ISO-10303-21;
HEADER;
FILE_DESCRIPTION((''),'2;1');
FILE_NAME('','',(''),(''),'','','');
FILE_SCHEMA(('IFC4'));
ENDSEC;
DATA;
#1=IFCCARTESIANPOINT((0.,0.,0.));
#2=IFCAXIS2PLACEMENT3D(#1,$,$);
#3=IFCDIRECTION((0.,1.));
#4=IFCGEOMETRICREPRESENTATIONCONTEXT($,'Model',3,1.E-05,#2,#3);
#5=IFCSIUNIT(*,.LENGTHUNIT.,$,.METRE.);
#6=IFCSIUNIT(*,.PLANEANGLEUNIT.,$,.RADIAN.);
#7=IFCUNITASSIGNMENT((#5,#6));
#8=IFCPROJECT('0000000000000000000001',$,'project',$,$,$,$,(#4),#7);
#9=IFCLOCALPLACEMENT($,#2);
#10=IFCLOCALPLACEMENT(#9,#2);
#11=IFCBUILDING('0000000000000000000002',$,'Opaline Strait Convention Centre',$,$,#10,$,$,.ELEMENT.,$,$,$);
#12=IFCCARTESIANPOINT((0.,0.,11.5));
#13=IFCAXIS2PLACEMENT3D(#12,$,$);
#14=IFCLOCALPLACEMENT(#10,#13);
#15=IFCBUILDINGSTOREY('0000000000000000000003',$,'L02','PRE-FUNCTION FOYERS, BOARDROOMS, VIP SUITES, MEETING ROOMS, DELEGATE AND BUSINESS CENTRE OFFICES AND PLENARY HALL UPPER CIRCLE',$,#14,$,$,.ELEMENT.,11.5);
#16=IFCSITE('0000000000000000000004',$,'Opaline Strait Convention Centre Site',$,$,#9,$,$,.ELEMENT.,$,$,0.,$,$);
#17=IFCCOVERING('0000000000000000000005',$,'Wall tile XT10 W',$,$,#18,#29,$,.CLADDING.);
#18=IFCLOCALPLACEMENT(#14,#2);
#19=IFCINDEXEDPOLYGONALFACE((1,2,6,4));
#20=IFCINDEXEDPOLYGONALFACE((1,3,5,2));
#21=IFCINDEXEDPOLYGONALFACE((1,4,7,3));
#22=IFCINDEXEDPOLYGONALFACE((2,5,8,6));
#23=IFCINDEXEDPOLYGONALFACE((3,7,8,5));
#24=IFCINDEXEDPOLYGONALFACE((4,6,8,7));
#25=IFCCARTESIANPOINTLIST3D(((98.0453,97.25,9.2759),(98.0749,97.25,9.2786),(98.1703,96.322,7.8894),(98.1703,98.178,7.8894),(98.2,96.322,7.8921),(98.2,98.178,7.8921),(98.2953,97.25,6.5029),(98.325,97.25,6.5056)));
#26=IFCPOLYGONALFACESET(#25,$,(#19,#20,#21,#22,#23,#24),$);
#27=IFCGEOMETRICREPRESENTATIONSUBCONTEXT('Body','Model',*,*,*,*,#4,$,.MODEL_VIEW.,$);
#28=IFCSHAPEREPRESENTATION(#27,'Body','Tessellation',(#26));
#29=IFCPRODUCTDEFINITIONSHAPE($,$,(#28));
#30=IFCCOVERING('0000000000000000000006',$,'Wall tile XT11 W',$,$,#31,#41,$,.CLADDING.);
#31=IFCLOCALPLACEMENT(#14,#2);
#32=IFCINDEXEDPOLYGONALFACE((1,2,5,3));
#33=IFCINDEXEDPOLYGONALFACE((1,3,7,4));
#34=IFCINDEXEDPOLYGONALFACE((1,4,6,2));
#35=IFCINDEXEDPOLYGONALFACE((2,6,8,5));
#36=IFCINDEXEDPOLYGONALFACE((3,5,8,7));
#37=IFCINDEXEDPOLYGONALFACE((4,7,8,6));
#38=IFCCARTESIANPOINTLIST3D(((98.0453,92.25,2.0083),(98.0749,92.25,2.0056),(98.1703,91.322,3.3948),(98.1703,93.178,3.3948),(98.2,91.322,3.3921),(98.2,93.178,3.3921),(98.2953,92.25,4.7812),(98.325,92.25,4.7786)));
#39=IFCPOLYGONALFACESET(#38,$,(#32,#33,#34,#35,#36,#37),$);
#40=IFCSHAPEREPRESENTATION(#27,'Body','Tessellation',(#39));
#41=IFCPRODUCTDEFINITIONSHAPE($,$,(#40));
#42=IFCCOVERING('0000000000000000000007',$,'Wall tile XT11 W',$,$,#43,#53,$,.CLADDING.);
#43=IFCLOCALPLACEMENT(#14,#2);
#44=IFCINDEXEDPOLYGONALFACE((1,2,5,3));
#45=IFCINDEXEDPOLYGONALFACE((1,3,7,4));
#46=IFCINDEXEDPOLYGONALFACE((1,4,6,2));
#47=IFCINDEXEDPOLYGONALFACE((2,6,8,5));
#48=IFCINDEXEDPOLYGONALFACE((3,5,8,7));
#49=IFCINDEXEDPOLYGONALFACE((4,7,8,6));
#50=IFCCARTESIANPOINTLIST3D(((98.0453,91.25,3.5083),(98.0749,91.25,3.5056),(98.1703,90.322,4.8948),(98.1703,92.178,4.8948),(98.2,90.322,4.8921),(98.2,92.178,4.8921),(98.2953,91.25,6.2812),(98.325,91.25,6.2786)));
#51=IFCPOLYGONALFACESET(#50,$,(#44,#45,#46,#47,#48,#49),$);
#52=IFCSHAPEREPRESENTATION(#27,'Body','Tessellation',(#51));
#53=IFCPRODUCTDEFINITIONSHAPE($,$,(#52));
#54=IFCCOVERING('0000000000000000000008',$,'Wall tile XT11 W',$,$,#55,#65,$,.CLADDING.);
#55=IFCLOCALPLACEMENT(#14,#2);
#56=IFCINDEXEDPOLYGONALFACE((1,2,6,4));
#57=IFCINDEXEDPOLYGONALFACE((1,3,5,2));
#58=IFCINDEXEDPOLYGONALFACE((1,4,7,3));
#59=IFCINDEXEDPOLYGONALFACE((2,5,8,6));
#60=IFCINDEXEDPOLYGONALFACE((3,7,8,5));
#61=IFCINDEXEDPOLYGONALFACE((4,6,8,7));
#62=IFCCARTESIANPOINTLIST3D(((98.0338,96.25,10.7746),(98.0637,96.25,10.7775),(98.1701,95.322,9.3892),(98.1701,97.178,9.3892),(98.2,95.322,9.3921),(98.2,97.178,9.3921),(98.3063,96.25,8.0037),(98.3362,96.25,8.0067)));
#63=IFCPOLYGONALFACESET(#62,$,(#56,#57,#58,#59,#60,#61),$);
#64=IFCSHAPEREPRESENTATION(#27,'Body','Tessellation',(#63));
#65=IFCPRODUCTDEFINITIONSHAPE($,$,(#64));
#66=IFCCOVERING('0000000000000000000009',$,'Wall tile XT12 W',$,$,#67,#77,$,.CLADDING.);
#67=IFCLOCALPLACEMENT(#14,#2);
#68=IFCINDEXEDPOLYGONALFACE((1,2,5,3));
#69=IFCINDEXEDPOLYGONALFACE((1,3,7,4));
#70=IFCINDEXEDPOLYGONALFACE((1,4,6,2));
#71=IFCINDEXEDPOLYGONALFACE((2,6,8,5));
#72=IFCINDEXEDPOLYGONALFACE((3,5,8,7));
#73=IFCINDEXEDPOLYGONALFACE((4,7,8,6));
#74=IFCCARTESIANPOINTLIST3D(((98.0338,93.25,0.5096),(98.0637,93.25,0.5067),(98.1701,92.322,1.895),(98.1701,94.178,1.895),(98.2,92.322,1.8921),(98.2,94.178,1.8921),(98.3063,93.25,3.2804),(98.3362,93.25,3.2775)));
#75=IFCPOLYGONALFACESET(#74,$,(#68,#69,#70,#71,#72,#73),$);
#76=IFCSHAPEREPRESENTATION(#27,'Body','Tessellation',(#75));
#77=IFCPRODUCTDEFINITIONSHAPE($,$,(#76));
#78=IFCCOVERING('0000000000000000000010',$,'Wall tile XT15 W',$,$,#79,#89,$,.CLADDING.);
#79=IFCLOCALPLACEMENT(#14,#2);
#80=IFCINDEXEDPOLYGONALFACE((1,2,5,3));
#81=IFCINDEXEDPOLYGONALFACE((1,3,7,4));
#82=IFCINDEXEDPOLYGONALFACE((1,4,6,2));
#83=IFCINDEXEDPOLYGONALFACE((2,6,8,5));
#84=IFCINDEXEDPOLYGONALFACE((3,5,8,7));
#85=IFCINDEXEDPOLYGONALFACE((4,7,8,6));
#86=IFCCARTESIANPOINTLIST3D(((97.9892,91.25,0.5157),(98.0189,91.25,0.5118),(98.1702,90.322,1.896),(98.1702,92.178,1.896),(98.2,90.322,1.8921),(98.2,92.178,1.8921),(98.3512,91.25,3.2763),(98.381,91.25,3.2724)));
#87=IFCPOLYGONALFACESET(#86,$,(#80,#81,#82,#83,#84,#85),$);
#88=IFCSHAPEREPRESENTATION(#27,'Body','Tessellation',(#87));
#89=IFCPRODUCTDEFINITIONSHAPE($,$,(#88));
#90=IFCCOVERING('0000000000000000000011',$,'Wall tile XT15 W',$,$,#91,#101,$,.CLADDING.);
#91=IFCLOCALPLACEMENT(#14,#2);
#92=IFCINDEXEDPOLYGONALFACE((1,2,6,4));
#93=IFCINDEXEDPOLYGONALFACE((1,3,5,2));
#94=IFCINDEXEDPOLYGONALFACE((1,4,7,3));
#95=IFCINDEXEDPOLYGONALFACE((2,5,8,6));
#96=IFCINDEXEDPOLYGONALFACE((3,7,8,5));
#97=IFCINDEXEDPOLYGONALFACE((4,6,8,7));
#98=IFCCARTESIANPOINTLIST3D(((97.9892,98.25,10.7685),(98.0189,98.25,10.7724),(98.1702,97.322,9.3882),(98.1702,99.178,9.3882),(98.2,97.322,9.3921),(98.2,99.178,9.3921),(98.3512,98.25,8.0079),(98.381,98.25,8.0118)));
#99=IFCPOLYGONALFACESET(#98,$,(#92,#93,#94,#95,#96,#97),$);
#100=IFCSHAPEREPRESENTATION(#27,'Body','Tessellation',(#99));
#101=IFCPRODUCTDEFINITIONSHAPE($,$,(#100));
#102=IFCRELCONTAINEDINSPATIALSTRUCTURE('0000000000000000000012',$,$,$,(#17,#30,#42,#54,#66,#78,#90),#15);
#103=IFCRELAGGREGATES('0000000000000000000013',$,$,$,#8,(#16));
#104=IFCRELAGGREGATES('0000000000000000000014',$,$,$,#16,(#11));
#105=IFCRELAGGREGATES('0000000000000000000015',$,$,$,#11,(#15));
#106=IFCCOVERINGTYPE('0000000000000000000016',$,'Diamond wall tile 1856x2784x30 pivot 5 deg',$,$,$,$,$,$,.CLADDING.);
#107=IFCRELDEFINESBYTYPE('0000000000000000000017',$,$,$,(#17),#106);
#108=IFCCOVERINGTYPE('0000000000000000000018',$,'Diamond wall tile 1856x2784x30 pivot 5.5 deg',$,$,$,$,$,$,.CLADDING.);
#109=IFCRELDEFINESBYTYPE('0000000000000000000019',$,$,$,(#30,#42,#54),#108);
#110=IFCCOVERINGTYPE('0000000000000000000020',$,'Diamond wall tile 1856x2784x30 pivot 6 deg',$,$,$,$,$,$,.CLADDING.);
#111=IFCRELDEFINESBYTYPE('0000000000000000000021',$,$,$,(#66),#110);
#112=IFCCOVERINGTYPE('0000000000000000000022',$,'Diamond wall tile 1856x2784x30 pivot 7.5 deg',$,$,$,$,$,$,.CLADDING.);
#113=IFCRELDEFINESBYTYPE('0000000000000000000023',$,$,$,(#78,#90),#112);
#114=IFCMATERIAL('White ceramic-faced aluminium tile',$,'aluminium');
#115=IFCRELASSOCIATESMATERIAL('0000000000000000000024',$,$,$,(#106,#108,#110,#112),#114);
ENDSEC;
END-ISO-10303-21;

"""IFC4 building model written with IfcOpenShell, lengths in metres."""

from ifc_helpers import new_model, si_unit, direction, frame, origin, place, context, subcontext, project, spatial, polyline, outline, extrude, material, material_profile, profile_set, type_object, element, save


model = new_model("IFC4")

# Units and contexts
model_context = context("Model", 3, precision=1e-05, world=origin(), true_north=direction((0.0, 1.0)))
body_context = subcontext(model_context, "Body", "Model", "MODEL_VIEW")
ifc_project = project(units=[si_unit("LENGTHUNIT", "METRE"), si_unit("PLANEANGLEUNIT", "RADIAN")], contexts=[model_context])

# Site, building, storey
site_placement = place(None, origin())
site = spatial("IfcSite", under=ifc_project, at=site_placement, Name="Opaline Strait Convention Centre Site", CompositionType="ELEMENT", RefElevation=0.0)
building_placement = place(site_placement, origin())
building = spatial("IfcBuilding", under=site, at=building_placement, Name="Opaline Strait Convention Centre", CompositionType="ELEMENT")
storey_placement = place(building_placement, frame((0.0, 0.0, 11.5)))
storey = spatial("IfcBuildingStorey", under=building, at=storey_placement, Name="L02", Description="PRE-FUNCTION FOYERS, BOARDROOMS, VIP SUITES, MEETING ROOMS, DELEGATE AND BUSINESS CENTRE OFFICES AND PLENARY HALL UPPER CIRCLE", CompositionType="ELEMENT", Elevation=11.5)

# Coverings
ifc_material = material(Name="White ceramic-faced aluminium tile", Category="aluminium")
ifc_material_profile_1 = material_profile(ifc_material, outline(polyline([(0.928, 0.0), (0.0, 1.3921), (-0.928, 0.0), (0.0, -1.3921), (0.928, 0.0)])), Name="Diamond tile 1856x2784")
ifc_profile_set_1 = profile_set([ifc_material_profile_1], Name="White ceramic-faced aluminium tile")
covering_type_1 = type_object("IfcCoveringType", Name="Diamond wall tile 1856x2784x30 pivot 5 deg", PredefinedType="CLADDING", material=ifc_profile_set_1)
for number, where, z_axis, x_axis, name in (
    (1, (98.2, 97.25, 7.8921), (-0.99596, 0.0, -0.0898), (0.0, -1.0, 0.0), "Wall tile XT10 W"),
):
    element("IfcCovering", number, at=place(storey_placement, frame(where, z_axis=z_axis, x_axis=x_axis)), inside=storey, type_object=covering_type_1, Name=name, PredefinedType="CLADDING", context=body_context, shape_type="SweptSolid", body=[
        extrude(outline(polyline([(0.928, 0.0), (0.0, 1.3921), (-0.928, 0.0), (0.0, -1.3921), (0.928, 0.0)])), origin(), (0.0, 0.0, 1.0), 0.0298),
    ])
ifc_material_profile_2 = material_profile(ifc_material, outline(polyline([(0.928, 0.0), (0.0, 1.3921), (-0.928, 0.0), (0.0, -1.3921), (0.928, 0.0)])), Name="Diamond tile 1856x2784")
ifc_profile_set_2 = profile_set([ifc_material_profile_2], Name="White ceramic-faced aluminium tile")
covering_type_2 = type_object("IfcCoveringType", Name="Diamond wall tile 1856x2784x30 pivot 5.5 deg", PredefinedType="CLADDING", material=ifc_profile_set_2)
for number, where, z_axis, x_axis, name in (
    (2, (98.2, 92.25, 3.3921), (-0.99596, 0.0, 0.0898), (0.0, -1.0, 0.0), "Wall tile XT11 W"),
    (3, (98.2, 91.25, 4.8921), (-0.99596, 0.0, 0.0898), (0.0, -1.0, 0.0), "Wall tile XT11 W"),
):
    element("IfcCovering", number, at=place(storey_placement, frame(where, z_axis=z_axis, x_axis=x_axis)), inside=storey, type_object=covering_type_2, Name=name, PredefinedType="CLADDING", context=body_context, shape_type="SweptSolid", body=[
        extrude(outline(polyline([(0.928, 0.0), (0.0, 1.3921), (-0.928, 0.0), (0.0, -1.3921), (0.928, 0.0)])), origin(), (0.0, 0.0, 1.0), 0.0298),
    ])
covering_1_placement = place(storey_placement, frame((98.2, 96.25, 9.3921), z_axis=(-0.995197, 0.0, -0.097888), x_axis=(0.0, -1.0, 0.0)))
element("IfcCovering", 4, at=covering_1_placement, inside=storey, type_object=covering_type_2, Name="Wall tile XT11 W", PredefinedType="CLADDING", context=body_context, shape_type="SweptSolid", body=[
    extrude(outline(polyline([(0.928, 0.0), (0.0, 1.3921), (-0.928, 0.0), (0.0, -1.3921), (0.928, 0.0)])), origin(), (0.0, 0.0, 1.0), 0.03),
])
ifc_material_profile_3 = material_profile(ifc_material, outline(polyline([(0.928, 0.0), (0.0, 1.3921), (-0.928, 0.0), (0.0, -1.3921), (0.928, 0.0)])), Name="Diamond tile 1856x2784")
ifc_profile_set_3 = profile_set([ifc_material_profile_3], Name="White ceramic-faced aluminium tile")
covering_type_3 = type_object("IfcCoveringType", Name="Diamond wall tile 1856x2784x30 pivot 6 deg", PredefinedType="CLADDING", material=ifc_profile_set_3)
covering_2_placement = place(storey_placement, frame((98.2, 93.25, 1.8921), z_axis=(-0.995197, 0.0, 0.097888), x_axis=(0.0, -1.0, 0.0)))
element("IfcCovering", 5, at=covering_2_placement, inside=storey, type_object=covering_type_3, Name="Wall tile XT12 W", PredefinedType="CLADDING", context=body_context, shape_type="SweptSolid", body=[
    extrude(outline(polyline([(0.928, 0.0), (0.0, 1.3921), (-0.928, 0.0), (0.0, -1.3921), (0.928, 0.0)])), origin(), (0.0, 0.0, 1.0), 0.03),
])
ifc_material_profile_4 = material_profile(ifc_material, outline(polyline([(0.928, 0.0), (0.0, 1.3921), (-0.928, 0.0), (0.0, -1.3921), (0.928, 0.0)])), Name="Diamond tile 1856x2784")
ifc_profile_set_4 = profile_set([ifc_material_profile_4], Name="White ceramic-faced aluminium tile")
covering_type_4 = type_object("IfcCoveringType", Name="Diamond wall tile 1856x2784x30 pivot 7.5 deg", PredefinedType="CLADDING", material=ifc_profile_set_4)
for number, where, z_axis, x_axis, name in (
    (6, (98.2, 91.25, 1.8921), (-0.99151, 0.0, 0.130034), (0.0, -1.0, 0.0), "Wall tile XT15 W"),
    (7, (98.2, 98.25, 9.3921), (-0.99151, 0.0, -0.130034), (0.0, -1.0, 0.0), "Wall tile XT15 W"),
):
    element("IfcCovering", number, at=place(storey_placement, frame(where, z_axis=z_axis, x_axis=x_axis)), inside=storey, type_object=covering_type_4, Name=name, PredefinedType="CLADDING", context=body_context, shape_type="SweptSolid", body=[
        extrude(outline(polyline([(0.928, 0.0), (0.0, 1.3921), (-0.928, 0.0), (0.0, -1.3921), (0.928, 0.0)])), origin(), (0.0, 0.0, 1.0), 0.03),
    ])

save(model, "model.ifc")
